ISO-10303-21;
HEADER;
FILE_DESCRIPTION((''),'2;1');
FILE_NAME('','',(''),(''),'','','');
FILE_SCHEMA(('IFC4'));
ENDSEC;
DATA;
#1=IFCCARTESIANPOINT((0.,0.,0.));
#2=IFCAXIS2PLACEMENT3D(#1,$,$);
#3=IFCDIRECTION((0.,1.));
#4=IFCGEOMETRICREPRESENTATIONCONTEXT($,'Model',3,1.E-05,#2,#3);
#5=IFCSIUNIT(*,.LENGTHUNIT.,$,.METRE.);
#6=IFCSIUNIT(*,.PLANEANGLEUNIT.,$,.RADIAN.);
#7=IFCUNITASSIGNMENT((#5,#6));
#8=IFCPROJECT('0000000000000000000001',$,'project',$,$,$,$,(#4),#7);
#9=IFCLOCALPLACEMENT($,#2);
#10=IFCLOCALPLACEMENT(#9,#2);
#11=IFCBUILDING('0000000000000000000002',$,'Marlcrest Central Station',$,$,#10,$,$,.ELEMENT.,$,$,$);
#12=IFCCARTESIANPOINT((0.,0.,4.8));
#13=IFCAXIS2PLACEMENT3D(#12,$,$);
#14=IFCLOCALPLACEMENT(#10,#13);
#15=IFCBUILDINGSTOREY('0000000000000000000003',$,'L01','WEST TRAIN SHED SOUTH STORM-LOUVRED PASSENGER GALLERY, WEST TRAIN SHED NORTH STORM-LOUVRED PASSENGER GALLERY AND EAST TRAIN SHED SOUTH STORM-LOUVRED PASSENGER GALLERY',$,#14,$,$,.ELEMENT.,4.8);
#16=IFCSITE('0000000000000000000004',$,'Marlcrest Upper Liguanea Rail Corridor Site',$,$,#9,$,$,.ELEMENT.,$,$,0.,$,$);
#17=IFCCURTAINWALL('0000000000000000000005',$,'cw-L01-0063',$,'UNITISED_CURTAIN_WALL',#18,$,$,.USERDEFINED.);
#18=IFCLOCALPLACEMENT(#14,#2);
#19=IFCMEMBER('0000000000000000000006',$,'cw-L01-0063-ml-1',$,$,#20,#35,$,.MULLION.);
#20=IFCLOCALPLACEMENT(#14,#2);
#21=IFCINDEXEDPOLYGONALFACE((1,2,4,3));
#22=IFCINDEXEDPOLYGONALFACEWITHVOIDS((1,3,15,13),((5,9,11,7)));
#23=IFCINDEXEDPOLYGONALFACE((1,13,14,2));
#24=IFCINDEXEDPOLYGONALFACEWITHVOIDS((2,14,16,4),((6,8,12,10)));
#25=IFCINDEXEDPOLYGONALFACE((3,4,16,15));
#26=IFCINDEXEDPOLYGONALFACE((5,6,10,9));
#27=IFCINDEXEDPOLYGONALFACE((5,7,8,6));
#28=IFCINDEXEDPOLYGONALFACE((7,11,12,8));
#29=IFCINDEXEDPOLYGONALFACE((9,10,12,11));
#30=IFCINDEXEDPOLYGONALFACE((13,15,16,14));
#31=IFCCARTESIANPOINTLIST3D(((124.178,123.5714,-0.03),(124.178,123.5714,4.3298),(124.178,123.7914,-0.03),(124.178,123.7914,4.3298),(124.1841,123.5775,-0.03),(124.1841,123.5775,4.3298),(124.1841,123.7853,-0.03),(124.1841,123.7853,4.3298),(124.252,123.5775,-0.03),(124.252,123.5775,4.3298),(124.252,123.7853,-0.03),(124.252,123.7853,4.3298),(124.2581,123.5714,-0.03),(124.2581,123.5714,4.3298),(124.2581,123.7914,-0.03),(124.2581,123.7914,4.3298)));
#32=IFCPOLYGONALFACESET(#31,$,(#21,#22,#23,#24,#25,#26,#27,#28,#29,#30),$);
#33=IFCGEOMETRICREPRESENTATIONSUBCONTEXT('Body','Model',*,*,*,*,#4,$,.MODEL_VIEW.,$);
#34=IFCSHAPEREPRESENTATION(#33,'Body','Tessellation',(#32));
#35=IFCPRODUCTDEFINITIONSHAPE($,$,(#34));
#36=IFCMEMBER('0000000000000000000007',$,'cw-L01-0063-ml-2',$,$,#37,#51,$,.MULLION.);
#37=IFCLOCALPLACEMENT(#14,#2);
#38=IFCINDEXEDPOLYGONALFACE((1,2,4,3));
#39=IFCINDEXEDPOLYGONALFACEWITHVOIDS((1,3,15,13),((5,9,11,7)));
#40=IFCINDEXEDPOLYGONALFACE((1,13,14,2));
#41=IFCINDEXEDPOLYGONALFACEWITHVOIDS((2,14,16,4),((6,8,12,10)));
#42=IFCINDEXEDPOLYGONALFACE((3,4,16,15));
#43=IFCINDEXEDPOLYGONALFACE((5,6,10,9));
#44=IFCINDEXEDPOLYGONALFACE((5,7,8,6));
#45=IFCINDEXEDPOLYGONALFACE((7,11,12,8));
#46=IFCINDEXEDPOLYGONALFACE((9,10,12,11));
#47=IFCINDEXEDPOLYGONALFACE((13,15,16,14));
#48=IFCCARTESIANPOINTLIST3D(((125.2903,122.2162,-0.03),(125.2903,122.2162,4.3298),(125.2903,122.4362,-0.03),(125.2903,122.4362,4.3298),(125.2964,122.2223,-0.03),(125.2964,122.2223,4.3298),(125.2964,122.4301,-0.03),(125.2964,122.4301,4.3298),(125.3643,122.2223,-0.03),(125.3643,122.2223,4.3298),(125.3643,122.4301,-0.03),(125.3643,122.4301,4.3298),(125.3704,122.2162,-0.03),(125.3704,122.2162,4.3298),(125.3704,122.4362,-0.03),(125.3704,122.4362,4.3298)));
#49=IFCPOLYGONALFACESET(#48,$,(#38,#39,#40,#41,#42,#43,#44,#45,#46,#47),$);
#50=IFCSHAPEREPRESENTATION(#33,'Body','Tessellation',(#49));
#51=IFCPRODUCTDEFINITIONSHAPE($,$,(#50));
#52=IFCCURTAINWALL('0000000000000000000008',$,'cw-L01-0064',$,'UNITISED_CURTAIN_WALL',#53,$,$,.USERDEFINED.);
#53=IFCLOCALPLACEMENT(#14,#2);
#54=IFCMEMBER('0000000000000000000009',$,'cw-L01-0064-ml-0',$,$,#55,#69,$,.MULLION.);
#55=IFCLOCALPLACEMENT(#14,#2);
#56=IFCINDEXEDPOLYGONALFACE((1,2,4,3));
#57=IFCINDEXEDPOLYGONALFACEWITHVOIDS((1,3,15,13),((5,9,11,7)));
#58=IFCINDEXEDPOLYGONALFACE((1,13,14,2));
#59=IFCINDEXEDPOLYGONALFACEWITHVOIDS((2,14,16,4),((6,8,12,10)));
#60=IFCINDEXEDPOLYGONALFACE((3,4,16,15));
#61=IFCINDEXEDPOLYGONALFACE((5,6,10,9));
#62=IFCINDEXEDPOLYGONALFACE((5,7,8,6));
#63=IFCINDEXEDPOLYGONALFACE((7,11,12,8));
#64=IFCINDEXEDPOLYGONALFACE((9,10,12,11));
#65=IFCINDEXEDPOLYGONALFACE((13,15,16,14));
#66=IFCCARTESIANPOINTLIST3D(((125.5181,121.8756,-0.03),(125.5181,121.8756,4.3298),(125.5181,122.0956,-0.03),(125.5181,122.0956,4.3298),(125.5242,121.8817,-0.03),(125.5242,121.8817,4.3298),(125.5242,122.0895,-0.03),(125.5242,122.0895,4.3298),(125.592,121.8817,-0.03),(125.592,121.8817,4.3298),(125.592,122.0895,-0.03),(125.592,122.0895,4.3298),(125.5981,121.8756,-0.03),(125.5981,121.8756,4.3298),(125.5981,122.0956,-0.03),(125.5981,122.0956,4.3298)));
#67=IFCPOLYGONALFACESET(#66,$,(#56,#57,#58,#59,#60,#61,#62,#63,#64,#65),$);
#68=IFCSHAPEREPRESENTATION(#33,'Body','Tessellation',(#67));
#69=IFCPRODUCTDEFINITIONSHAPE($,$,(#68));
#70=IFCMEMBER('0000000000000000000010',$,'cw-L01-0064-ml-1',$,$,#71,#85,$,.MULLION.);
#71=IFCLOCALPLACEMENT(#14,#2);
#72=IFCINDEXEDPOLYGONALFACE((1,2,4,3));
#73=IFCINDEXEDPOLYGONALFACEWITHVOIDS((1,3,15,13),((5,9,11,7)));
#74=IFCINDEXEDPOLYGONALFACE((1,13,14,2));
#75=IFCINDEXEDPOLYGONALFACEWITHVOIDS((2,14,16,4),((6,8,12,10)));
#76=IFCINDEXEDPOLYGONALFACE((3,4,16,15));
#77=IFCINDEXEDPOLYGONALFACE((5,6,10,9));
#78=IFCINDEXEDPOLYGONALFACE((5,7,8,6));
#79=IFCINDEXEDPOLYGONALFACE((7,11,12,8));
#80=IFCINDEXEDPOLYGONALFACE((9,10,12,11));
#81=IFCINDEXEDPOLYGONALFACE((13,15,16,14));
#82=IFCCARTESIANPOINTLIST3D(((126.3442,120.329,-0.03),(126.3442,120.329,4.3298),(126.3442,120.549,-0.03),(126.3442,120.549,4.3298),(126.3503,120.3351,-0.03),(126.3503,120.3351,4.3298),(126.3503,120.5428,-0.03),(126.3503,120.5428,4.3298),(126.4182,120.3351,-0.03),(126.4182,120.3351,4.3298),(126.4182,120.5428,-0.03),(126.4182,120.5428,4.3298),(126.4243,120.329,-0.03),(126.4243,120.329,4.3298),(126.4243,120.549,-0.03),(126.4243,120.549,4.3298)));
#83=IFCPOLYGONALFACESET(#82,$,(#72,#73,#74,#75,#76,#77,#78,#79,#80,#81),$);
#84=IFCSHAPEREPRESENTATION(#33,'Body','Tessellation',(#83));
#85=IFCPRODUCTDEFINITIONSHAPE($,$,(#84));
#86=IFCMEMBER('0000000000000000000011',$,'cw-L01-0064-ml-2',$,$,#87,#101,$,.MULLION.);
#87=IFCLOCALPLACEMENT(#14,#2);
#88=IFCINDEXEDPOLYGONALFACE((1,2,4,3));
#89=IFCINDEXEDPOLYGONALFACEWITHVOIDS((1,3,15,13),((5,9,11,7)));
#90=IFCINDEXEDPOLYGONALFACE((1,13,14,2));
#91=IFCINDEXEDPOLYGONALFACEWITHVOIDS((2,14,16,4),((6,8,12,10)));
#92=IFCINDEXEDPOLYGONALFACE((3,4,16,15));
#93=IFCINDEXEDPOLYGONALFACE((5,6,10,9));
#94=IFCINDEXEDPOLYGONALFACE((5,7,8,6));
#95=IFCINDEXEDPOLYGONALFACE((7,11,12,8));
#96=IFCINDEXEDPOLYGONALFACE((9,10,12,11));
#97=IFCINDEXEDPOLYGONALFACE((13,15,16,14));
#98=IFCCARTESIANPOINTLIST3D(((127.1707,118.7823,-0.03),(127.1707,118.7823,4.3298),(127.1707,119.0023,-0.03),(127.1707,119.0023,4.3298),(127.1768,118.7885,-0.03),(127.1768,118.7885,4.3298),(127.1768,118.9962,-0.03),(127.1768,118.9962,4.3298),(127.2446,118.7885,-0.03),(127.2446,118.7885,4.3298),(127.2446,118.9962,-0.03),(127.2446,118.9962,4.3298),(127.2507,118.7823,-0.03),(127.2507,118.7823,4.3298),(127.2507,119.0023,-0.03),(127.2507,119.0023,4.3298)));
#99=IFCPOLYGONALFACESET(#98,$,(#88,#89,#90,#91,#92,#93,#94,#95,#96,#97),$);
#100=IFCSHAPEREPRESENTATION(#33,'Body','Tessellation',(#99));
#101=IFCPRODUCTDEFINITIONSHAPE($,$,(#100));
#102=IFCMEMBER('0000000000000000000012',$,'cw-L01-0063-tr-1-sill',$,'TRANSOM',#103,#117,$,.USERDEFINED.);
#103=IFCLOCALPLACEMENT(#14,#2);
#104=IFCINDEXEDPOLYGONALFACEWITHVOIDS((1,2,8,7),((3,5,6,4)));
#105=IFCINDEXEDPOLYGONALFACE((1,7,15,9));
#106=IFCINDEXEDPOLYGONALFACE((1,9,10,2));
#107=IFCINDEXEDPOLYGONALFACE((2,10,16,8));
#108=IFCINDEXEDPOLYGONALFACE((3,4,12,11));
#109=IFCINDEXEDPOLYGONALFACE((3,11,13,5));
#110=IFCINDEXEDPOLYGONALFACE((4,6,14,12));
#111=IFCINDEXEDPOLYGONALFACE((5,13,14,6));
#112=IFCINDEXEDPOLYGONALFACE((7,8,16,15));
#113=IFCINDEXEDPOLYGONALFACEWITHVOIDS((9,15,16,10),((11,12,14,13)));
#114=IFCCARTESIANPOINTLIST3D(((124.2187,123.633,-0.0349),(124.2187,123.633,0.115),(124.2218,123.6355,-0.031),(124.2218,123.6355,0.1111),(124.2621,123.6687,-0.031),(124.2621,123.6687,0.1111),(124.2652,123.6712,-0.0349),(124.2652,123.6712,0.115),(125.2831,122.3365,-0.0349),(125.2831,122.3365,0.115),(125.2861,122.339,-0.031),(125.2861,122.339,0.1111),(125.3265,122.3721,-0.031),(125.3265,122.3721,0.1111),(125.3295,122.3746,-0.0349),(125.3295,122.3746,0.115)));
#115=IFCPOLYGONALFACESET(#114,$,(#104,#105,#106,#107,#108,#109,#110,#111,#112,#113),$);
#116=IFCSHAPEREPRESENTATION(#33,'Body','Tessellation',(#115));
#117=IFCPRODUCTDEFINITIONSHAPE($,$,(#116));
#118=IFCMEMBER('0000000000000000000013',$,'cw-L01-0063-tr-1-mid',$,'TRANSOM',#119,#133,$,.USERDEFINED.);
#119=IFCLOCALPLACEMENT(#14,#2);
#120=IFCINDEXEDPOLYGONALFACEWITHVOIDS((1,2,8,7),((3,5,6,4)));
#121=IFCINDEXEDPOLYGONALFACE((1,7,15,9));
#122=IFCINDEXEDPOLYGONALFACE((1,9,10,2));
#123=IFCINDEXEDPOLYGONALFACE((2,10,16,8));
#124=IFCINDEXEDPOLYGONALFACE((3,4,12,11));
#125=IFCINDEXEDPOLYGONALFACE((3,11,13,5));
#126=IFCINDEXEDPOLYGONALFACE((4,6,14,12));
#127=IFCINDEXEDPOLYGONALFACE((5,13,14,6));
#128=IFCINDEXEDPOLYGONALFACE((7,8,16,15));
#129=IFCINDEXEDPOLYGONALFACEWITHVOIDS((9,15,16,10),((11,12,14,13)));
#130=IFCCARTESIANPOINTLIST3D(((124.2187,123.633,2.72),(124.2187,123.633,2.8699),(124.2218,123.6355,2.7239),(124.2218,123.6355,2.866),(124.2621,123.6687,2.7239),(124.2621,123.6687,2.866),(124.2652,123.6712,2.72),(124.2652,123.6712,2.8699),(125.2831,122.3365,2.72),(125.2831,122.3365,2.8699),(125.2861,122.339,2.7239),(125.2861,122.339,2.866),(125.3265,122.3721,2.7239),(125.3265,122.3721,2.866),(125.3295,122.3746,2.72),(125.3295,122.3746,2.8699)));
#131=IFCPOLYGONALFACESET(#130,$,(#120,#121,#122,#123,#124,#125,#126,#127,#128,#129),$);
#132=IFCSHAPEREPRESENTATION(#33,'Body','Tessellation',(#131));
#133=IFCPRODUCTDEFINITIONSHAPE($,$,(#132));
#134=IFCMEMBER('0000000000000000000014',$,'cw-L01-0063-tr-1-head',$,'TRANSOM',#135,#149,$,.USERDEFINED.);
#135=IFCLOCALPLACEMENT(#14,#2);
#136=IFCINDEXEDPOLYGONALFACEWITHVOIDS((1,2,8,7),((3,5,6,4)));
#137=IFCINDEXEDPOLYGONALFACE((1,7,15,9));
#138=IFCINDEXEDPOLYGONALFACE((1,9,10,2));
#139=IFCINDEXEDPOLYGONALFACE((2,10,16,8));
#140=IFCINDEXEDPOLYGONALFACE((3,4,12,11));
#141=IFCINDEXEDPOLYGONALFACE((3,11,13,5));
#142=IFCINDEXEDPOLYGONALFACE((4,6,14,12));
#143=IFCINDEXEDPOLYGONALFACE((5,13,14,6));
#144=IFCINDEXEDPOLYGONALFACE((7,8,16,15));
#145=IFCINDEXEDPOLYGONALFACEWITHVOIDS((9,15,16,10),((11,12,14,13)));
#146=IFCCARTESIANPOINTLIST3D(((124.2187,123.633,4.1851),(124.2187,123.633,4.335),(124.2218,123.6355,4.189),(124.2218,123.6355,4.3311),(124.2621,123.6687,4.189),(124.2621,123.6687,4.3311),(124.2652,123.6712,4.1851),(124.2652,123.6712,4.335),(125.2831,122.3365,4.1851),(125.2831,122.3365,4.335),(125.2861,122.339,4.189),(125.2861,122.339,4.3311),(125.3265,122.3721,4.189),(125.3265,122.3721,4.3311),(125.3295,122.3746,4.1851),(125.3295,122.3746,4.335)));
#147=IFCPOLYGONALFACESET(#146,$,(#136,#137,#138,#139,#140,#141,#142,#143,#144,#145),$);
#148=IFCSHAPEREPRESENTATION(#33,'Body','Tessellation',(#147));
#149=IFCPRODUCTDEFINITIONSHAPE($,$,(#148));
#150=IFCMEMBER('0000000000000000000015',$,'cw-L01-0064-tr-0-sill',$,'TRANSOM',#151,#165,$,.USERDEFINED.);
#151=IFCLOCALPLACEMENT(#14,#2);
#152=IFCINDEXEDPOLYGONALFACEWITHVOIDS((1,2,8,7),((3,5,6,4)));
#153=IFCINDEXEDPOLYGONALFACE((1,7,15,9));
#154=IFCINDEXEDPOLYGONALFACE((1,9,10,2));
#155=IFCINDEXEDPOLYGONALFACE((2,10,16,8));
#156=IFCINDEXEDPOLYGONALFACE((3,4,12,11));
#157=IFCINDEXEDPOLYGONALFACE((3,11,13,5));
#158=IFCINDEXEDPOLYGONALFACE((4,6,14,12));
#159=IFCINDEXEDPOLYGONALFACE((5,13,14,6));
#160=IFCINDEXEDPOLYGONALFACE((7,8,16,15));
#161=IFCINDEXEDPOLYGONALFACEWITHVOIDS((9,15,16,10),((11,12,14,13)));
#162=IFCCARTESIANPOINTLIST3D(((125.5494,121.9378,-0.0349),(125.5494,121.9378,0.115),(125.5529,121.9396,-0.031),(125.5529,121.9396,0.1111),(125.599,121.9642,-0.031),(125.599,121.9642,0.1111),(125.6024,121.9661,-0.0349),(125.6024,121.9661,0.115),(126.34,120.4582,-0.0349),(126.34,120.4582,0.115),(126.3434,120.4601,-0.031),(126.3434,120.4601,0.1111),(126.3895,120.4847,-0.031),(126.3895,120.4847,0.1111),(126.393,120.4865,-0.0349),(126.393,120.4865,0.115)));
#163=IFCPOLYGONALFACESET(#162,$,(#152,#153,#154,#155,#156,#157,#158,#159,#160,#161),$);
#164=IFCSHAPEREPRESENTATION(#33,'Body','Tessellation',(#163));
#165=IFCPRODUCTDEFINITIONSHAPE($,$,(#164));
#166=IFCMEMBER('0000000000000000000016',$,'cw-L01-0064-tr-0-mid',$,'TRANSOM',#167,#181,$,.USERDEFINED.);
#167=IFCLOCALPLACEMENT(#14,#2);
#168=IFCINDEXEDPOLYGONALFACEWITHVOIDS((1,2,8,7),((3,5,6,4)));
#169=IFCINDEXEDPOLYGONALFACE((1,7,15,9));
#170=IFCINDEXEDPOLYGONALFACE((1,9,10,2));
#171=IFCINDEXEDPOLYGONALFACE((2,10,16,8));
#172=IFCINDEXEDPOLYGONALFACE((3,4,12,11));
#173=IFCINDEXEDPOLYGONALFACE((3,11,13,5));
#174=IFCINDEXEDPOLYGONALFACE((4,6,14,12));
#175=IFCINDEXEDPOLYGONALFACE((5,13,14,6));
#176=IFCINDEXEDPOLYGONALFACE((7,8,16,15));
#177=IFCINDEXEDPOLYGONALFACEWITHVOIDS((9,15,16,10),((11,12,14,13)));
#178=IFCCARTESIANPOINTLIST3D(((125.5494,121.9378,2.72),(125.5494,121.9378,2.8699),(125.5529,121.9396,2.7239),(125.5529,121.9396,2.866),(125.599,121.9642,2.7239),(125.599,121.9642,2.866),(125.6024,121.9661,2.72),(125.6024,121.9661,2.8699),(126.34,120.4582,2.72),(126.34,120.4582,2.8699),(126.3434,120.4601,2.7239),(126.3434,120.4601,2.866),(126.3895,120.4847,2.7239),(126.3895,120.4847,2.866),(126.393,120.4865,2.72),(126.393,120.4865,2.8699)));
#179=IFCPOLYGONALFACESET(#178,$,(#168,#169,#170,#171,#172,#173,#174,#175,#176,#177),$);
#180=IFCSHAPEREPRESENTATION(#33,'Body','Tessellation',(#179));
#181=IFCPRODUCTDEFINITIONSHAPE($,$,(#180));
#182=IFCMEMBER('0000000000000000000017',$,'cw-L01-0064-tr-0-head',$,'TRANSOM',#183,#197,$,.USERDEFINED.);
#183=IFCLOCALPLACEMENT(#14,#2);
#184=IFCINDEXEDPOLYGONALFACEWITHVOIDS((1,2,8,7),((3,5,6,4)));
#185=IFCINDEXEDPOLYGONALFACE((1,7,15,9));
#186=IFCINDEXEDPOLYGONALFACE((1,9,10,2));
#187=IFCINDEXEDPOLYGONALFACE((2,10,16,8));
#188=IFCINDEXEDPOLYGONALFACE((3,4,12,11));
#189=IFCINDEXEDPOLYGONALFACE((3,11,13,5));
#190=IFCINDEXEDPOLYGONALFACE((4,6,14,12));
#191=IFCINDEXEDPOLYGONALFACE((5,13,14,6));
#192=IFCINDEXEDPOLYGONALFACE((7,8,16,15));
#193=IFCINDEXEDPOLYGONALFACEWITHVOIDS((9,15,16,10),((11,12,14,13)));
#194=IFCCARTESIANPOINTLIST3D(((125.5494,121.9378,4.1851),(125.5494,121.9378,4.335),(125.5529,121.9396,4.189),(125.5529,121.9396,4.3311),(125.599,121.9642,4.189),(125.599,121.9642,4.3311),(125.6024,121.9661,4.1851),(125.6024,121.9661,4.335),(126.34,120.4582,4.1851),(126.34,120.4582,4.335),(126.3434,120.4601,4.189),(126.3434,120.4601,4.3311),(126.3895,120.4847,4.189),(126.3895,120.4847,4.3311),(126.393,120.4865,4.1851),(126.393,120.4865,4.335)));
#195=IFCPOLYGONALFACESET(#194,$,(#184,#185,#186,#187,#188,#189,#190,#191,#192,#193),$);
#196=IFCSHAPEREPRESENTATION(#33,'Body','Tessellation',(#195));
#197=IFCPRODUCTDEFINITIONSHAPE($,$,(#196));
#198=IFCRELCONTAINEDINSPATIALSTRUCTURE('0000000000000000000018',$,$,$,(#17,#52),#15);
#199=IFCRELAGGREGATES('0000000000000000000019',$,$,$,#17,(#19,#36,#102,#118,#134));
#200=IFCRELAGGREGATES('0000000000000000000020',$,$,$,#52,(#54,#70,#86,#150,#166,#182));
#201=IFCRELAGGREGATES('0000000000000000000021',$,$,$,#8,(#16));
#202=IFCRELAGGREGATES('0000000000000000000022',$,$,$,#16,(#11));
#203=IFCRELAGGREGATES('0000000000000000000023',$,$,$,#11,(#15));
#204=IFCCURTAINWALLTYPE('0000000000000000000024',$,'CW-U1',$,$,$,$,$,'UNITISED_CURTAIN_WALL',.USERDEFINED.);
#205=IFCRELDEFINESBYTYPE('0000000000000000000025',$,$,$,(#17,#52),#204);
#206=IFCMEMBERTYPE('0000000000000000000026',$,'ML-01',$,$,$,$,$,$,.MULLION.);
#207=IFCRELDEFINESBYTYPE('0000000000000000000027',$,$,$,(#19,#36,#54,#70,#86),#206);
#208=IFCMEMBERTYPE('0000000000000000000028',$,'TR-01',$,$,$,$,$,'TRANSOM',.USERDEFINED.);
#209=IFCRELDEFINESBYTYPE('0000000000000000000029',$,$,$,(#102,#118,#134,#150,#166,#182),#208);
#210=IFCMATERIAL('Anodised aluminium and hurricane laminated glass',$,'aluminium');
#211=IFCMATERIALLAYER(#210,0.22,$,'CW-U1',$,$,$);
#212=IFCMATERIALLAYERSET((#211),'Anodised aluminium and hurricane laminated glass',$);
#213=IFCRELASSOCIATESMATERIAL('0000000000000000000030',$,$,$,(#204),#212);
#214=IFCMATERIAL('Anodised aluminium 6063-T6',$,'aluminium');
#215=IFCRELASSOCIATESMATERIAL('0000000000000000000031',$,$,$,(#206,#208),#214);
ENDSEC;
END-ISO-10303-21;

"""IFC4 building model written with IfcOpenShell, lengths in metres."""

from ifc_helpers import new_model, si_unit, direction, frame, origin, origin_2d, place, context, subcontext, project, spatial, hollow_rectangle, extrude, material, layer, layer_set, material_profile, profile_set, type_object, element, aggregate, save


model = new_model("IFC4")

# Units and contexts
model_context = context("Model", 3, precision=1e-05, world=origin(), true_north=direction((0.0, 1.0)))
body_context = subcontext(model_context, "Body", "Model", "MODEL_VIEW")
ifc_project = project(units=[si_unit("LENGTHUNIT", "METRE"), si_unit("PLANEANGLEUNIT", "RADIAN")], contexts=[model_context])

# Site, building, storey
site_placement = place(None, origin())
site = spatial("IfcSite", under=ifc_project, at=site_placement, Name="Marlcrest Upper Liguanea Rail Corridor Site", CompositionType="ELEMENT", RefElevation=0.0)
building_placement = place(site_placement, origin())
building = spatial("IfcBuilding", under=site, at=building_placement, Name="Marlcrest Central Station", CompositionType="ELEMENT")
storey_placement = place(building_placement, frame((0.0, 0.0, 4.8)))
storey = spatial("IfcBuildingStorey", under=building, at=storey_placement, Name="L01", Description="WEST TRAIN SHED SOUTH STORM-LOUVRED PASSENGER GALLERY, WEST TRAIN SHED NORTH STORM-LOUVRED PASSENGER GALLERY AND EAST TRAIN SHED SOUTH STORM-LOUVRED PASSENGER GALLERY", CompositionType="ELEMENT", Elevation=4.8)

# Curtain walls, members
ifc_material_1 = material(Name="Anodised aluminium and hurricane laminated glass", Category="aluminium")
ifc_layer_1 = layer(ifc_material_1, 0.22, Name="CW-U1")
ifc_layer_set_1 = layer_set([ifc_layer_1], Name="Anodised aluminium and hurricane laminated glass")
curtain_wall_type = type_object("IfcCurtainWallType", Name="CW-U1", ElementType="UNITISED_CURTAIN_WALL", PredefinedType="USERDEFINED", material=ifc_layer_set_1)
curtain_wall_1_placement = place(storey_placement, origin())
curtain_wall_1 = element("IfcCurtainWall", 1, at=curtain_wall_1_placement, inside=storey, type_object=curtain_wall_type, Name="cw-L01-0063", ObjectType="UNITISED_CURTAIN_WALL", PredefinedType="USERDEFINED")
ifc_material_2 = material(Name="Anodised aluminium 6063-T6", Category="aluminium")
ifc_material_profile_1 = material_profile(ifc_material_2, hollow_rectangle(XDim=0.0801, YDim=0.22, WallThickness=0.0061, at=origin_2d()), Name="AA-RHS 220x80x6")
ifc_profile_set_1 = profile_set([ifc_material_profile_1], Name="Anodised aluminium 6063-T6")
member_type_1 = type_object("IfcMemberType", Name="ML-01", PredefinedType="MULLION", material=ifc_profile_set_1)
member_1_placement = place(storey_placement, frame((124.218, 123.6814, -0.03), z_axis=(0.0, 0.0, 1.0), x_axis=(1.0, 0.0, 0.0)))
member_1 = element("IfcMember", 2, at=member_1_placement, type_object=member_type_1, Name="cw-L01-0063-ml-1", PredefinedType="MULLION", context=body_context, shape_type="SweptSolid", body=[
    extrude(hollow_rectangle(XDim=0.0801, YDim=0.22, WallThickness=0.0061, at=origin_2d()), origin(), (0.0, 0.0, 1.0), 4.3599),
])
member_2_placement = place(storey_placement, frame((125.3303, 122.3262, -0.03), z_axis=(0.0, 0.0, 1.0), x_axis=(1.0, 0.0, 0.0)))
member_2 = element("IfcMember", 3, at=member_2_placement, type_object=member_type_1, Name="cw-L01-0063-ml-2", PredefinedType="MULLION", context=body_context, shape_type="SweptSolid", body=[
    extrude(hollow_rectangle(XDim=0.0801, YDim=0.22, WallThickness=0.0061, at=origin_2d()), origin(), (0.0, 0.0, 1.0), 4.3599),
])
curtain_wall_2_placement = place(storey_placement, origin())
curtain_wall_2 = element("IfcCurtainWall", 4, at=curtain_wall_2_placement, inside=storey, type_object=curtain_wall_type, Name="cw-L01-0064", ObjectType="UNITISED_CURTAIN_WALL", PredefinedType="USERDEFINED")
member_3_placement = place(storey_placement, frame((125.5581, 121.9856, -0.03), z_axis=(0.0, 0.0, 1.0), x_axis=(1.0, 0.0, 0.0)))
member_3 = element("IfcMember", 5, at=member_3_placement, type_object=member_type_1, Name="cw-L01-0064-ml-0", PredefinedType="MULLION", context=body_context, shape_type="SweptSolid", body=[
    extrude(hollow_rectangle(XDim=0.0801, YDim=0.22, WallThickness=0.0061, at=origin_2d()), origin(), (0.0, 0.0, 1.0), 4.3599),
])
member_4_placement = place(storey_placement, frame((126.3843, 120.439, -0.03), z_axis=(0.0, 0.0, 1.0), x_axis=(1.0, 0.0, 0.0)))
member_4 = element("IfcMember", 6, at=member_4_placement, type_object=member_type_1, Name="cw-L01-0064-ml-1", PredefinedType="MULLION", context=body_context, shape_type="SweptSolid", body=[
    extrude(hollow_rectangle(XDim=0.0801, YDim=0.22, WallThickness=0.0061, at=origin_2d()), origin(), (0.0, 0.0, 1.0), 4.3599),
])
member_5_placement = place(storey_placement, frame((127.2107, 118.8923, -0.03), z_axis=(0.0, 0.0, 1.0), x_axis=(1.0, 0.0, 0.0)))
member_5 = element("IfcMember", 7, at=member_5_placement, type_object=member_type_1, Name="cw-L01-0064-ml-2", PredefinedType="MULLION", context=body_context, shape_type="SweptSolid", body=[
    extrude(hollow_rectangle(XDim=0.0801, YDim=0.22, WallThickness=0.0061, at=origin_2d()), origin(), (0.0, 0.0, 1.0), 4.3599),
])

# Members
ifc_material_profile_2 = material_profile(ifc_material_2, hollow_rectangle(XDim=0.0601, YDim=0.1499, WallThickness=0.0039, at=origin_2d()), Name="AA-RHS 150x60x4")
ifc_profile_set_2 = profile_set([ifc_material_profile_2], Name="Anodised aluminium 6063-T6")
member_type_2 = type_object("IfcMemberType", Name="TR-01", ElementType="TRANSOM", PredefinedType="USERDEFINED", material=ifc_profile_set_2)
member_6_placement = place(storey_placement, frame((124.2419, 123.6521, 0.04), z_axis=(0.634513, -0.772912, 0.0), x_axis=(0.772912, 0.634513, 0.0)))
member_6 = element("IfcMember", 8, at=member_6_placement, type_object=member_type_2, Name="cw-L01-0063-tr-1-sill", ObjectType="TRANSOM", PredefinedType="USERDEFINED", context=body_context, shape_type="SweptSolid", body=[
    extrude(hollow_rectangle(XDim=0.0601, YDim=0.1499, WallThickness=0.0039, at=origin_2d()), origin(), (0.0, 0.0, 1.0), 1.6775),
])
member_7_placement = place(storey_placement, frame((124.2419, 123.6521, 2.7949), z_axis=(0.634513, -0.772912, 0.0), x_axis=(0.772912, 0.634513, 0.0)))
member_7 = element("IfcMember", 9, at=member_7_placement, type_object=member_type_2, Name="cw-L01-0063-tr-1-mid", ObjectType="TRANSOM", PredefinedType="USERDEFINED", context=body_context, shape_type="SweptSolid", body=[
    extrude(hollow_rectangle(XDim=0.0601, YDim=0.1499, WallThickness=0.0039, at=origin_2d()), origin(), (0.0, 0.0, 1.0), 1.6775),
])
member_8_placement = place(storey_placement, frame((124.2419, 123.6521, 4.26), z_axis=(0.634513, -0.772912, 0.0), x_axis=(0.772912, 0.634513, 0.0)))
member_8 = element("IfcMember", 10, at=member_8_placement, type_object=member_type_2, Name="cw-L01-0063-tr-1-head", ObjectType="TRANSOM", PredefinedType="USERDEFINED", context=body_context, shape_type="SweptSolid", body=[
    extrude(hollow_rectangle(XDim=0.0601, YDim=0.1499, WallThickness=0.0039, at=origin_2d()), origin(), (0.0, 0.0, 1.0), 1.6775),
])
member_9_placement = place(storey_placement, frame((125.5759, 121.9519, 0.04), z_axis=(0.471268, -0.88199, 0.0), x_axis=(0.88199, 0.471268, 0.0)))
member_9 = element("IfcMember", 11, at=member_9_placement, type_object=member_type_2, Name="cw-L01-0064-tr-0-sill", ObjectType="TRANSOM", PredefinedType="USERDEFINED", context=body_context, shape_type="SweptSolid", body=[
    extrude(hollow_rectangle(XDim=0.0601, YDim=0.1499, WallThickness=0.0039, at=origin_2d()), origin(), (0.0, 0.0, 1.0), 1.6775),
])
member_10_placement = place(storey_placement, frame((125.5759, 121.9519, 2.7949), z_axis=(0.471268, -0.88199, 0.0), x_axis=(0.88199, 0.471268, 0.0)))
member_10 = element("IfcMember", 12, at=member_10_placement, type_object=member_type_2, Name="cw-L01-0064-tr-0-mid", ObjectType="TRANSOM", PredefinedType="USERDEFINED", context=body_context, shape_type="SweptSolid", body=[
    extrude(hollow_rectangle(XDim=0.0601, YDim=0.1499, WallThickness=0.0039, at=origin_2d()), origin(), (0.0, 0.0, 1.0), 1.6775),
])
member_11_placement = place(storey_placement, frame((125.5759, 121.9519, 4.26), z_axis=(0.471268, -0.88199, 0.0), x_axis=(0.88199, 0.471268, 0.0)))
member_11 = element("IfcMember", 13, at=member_11_placement, type_object=member_type_2, Name="cw-L01-0064-tr-0-head", ObjectType="TRANSOM", PredefinedType="USERDEFINED", context=body_context, shape_type="SweptSolid", body=[
    extrude(hollow_rectangle(XDim=0.0601, YDim=0.1499, WallThickness=0.0039, at=origin_2d()), origin(), (0.0, 0.0, 1.0), 1.6775),
])

aggregate(curtain_wall_1, [member_1, member_2, member_6, member_7, member_8])
aggregate(curtain_wall_2, [member_3, member_4, member_5, member_9, member_10, member_11])

save(model, "model.ifc")
